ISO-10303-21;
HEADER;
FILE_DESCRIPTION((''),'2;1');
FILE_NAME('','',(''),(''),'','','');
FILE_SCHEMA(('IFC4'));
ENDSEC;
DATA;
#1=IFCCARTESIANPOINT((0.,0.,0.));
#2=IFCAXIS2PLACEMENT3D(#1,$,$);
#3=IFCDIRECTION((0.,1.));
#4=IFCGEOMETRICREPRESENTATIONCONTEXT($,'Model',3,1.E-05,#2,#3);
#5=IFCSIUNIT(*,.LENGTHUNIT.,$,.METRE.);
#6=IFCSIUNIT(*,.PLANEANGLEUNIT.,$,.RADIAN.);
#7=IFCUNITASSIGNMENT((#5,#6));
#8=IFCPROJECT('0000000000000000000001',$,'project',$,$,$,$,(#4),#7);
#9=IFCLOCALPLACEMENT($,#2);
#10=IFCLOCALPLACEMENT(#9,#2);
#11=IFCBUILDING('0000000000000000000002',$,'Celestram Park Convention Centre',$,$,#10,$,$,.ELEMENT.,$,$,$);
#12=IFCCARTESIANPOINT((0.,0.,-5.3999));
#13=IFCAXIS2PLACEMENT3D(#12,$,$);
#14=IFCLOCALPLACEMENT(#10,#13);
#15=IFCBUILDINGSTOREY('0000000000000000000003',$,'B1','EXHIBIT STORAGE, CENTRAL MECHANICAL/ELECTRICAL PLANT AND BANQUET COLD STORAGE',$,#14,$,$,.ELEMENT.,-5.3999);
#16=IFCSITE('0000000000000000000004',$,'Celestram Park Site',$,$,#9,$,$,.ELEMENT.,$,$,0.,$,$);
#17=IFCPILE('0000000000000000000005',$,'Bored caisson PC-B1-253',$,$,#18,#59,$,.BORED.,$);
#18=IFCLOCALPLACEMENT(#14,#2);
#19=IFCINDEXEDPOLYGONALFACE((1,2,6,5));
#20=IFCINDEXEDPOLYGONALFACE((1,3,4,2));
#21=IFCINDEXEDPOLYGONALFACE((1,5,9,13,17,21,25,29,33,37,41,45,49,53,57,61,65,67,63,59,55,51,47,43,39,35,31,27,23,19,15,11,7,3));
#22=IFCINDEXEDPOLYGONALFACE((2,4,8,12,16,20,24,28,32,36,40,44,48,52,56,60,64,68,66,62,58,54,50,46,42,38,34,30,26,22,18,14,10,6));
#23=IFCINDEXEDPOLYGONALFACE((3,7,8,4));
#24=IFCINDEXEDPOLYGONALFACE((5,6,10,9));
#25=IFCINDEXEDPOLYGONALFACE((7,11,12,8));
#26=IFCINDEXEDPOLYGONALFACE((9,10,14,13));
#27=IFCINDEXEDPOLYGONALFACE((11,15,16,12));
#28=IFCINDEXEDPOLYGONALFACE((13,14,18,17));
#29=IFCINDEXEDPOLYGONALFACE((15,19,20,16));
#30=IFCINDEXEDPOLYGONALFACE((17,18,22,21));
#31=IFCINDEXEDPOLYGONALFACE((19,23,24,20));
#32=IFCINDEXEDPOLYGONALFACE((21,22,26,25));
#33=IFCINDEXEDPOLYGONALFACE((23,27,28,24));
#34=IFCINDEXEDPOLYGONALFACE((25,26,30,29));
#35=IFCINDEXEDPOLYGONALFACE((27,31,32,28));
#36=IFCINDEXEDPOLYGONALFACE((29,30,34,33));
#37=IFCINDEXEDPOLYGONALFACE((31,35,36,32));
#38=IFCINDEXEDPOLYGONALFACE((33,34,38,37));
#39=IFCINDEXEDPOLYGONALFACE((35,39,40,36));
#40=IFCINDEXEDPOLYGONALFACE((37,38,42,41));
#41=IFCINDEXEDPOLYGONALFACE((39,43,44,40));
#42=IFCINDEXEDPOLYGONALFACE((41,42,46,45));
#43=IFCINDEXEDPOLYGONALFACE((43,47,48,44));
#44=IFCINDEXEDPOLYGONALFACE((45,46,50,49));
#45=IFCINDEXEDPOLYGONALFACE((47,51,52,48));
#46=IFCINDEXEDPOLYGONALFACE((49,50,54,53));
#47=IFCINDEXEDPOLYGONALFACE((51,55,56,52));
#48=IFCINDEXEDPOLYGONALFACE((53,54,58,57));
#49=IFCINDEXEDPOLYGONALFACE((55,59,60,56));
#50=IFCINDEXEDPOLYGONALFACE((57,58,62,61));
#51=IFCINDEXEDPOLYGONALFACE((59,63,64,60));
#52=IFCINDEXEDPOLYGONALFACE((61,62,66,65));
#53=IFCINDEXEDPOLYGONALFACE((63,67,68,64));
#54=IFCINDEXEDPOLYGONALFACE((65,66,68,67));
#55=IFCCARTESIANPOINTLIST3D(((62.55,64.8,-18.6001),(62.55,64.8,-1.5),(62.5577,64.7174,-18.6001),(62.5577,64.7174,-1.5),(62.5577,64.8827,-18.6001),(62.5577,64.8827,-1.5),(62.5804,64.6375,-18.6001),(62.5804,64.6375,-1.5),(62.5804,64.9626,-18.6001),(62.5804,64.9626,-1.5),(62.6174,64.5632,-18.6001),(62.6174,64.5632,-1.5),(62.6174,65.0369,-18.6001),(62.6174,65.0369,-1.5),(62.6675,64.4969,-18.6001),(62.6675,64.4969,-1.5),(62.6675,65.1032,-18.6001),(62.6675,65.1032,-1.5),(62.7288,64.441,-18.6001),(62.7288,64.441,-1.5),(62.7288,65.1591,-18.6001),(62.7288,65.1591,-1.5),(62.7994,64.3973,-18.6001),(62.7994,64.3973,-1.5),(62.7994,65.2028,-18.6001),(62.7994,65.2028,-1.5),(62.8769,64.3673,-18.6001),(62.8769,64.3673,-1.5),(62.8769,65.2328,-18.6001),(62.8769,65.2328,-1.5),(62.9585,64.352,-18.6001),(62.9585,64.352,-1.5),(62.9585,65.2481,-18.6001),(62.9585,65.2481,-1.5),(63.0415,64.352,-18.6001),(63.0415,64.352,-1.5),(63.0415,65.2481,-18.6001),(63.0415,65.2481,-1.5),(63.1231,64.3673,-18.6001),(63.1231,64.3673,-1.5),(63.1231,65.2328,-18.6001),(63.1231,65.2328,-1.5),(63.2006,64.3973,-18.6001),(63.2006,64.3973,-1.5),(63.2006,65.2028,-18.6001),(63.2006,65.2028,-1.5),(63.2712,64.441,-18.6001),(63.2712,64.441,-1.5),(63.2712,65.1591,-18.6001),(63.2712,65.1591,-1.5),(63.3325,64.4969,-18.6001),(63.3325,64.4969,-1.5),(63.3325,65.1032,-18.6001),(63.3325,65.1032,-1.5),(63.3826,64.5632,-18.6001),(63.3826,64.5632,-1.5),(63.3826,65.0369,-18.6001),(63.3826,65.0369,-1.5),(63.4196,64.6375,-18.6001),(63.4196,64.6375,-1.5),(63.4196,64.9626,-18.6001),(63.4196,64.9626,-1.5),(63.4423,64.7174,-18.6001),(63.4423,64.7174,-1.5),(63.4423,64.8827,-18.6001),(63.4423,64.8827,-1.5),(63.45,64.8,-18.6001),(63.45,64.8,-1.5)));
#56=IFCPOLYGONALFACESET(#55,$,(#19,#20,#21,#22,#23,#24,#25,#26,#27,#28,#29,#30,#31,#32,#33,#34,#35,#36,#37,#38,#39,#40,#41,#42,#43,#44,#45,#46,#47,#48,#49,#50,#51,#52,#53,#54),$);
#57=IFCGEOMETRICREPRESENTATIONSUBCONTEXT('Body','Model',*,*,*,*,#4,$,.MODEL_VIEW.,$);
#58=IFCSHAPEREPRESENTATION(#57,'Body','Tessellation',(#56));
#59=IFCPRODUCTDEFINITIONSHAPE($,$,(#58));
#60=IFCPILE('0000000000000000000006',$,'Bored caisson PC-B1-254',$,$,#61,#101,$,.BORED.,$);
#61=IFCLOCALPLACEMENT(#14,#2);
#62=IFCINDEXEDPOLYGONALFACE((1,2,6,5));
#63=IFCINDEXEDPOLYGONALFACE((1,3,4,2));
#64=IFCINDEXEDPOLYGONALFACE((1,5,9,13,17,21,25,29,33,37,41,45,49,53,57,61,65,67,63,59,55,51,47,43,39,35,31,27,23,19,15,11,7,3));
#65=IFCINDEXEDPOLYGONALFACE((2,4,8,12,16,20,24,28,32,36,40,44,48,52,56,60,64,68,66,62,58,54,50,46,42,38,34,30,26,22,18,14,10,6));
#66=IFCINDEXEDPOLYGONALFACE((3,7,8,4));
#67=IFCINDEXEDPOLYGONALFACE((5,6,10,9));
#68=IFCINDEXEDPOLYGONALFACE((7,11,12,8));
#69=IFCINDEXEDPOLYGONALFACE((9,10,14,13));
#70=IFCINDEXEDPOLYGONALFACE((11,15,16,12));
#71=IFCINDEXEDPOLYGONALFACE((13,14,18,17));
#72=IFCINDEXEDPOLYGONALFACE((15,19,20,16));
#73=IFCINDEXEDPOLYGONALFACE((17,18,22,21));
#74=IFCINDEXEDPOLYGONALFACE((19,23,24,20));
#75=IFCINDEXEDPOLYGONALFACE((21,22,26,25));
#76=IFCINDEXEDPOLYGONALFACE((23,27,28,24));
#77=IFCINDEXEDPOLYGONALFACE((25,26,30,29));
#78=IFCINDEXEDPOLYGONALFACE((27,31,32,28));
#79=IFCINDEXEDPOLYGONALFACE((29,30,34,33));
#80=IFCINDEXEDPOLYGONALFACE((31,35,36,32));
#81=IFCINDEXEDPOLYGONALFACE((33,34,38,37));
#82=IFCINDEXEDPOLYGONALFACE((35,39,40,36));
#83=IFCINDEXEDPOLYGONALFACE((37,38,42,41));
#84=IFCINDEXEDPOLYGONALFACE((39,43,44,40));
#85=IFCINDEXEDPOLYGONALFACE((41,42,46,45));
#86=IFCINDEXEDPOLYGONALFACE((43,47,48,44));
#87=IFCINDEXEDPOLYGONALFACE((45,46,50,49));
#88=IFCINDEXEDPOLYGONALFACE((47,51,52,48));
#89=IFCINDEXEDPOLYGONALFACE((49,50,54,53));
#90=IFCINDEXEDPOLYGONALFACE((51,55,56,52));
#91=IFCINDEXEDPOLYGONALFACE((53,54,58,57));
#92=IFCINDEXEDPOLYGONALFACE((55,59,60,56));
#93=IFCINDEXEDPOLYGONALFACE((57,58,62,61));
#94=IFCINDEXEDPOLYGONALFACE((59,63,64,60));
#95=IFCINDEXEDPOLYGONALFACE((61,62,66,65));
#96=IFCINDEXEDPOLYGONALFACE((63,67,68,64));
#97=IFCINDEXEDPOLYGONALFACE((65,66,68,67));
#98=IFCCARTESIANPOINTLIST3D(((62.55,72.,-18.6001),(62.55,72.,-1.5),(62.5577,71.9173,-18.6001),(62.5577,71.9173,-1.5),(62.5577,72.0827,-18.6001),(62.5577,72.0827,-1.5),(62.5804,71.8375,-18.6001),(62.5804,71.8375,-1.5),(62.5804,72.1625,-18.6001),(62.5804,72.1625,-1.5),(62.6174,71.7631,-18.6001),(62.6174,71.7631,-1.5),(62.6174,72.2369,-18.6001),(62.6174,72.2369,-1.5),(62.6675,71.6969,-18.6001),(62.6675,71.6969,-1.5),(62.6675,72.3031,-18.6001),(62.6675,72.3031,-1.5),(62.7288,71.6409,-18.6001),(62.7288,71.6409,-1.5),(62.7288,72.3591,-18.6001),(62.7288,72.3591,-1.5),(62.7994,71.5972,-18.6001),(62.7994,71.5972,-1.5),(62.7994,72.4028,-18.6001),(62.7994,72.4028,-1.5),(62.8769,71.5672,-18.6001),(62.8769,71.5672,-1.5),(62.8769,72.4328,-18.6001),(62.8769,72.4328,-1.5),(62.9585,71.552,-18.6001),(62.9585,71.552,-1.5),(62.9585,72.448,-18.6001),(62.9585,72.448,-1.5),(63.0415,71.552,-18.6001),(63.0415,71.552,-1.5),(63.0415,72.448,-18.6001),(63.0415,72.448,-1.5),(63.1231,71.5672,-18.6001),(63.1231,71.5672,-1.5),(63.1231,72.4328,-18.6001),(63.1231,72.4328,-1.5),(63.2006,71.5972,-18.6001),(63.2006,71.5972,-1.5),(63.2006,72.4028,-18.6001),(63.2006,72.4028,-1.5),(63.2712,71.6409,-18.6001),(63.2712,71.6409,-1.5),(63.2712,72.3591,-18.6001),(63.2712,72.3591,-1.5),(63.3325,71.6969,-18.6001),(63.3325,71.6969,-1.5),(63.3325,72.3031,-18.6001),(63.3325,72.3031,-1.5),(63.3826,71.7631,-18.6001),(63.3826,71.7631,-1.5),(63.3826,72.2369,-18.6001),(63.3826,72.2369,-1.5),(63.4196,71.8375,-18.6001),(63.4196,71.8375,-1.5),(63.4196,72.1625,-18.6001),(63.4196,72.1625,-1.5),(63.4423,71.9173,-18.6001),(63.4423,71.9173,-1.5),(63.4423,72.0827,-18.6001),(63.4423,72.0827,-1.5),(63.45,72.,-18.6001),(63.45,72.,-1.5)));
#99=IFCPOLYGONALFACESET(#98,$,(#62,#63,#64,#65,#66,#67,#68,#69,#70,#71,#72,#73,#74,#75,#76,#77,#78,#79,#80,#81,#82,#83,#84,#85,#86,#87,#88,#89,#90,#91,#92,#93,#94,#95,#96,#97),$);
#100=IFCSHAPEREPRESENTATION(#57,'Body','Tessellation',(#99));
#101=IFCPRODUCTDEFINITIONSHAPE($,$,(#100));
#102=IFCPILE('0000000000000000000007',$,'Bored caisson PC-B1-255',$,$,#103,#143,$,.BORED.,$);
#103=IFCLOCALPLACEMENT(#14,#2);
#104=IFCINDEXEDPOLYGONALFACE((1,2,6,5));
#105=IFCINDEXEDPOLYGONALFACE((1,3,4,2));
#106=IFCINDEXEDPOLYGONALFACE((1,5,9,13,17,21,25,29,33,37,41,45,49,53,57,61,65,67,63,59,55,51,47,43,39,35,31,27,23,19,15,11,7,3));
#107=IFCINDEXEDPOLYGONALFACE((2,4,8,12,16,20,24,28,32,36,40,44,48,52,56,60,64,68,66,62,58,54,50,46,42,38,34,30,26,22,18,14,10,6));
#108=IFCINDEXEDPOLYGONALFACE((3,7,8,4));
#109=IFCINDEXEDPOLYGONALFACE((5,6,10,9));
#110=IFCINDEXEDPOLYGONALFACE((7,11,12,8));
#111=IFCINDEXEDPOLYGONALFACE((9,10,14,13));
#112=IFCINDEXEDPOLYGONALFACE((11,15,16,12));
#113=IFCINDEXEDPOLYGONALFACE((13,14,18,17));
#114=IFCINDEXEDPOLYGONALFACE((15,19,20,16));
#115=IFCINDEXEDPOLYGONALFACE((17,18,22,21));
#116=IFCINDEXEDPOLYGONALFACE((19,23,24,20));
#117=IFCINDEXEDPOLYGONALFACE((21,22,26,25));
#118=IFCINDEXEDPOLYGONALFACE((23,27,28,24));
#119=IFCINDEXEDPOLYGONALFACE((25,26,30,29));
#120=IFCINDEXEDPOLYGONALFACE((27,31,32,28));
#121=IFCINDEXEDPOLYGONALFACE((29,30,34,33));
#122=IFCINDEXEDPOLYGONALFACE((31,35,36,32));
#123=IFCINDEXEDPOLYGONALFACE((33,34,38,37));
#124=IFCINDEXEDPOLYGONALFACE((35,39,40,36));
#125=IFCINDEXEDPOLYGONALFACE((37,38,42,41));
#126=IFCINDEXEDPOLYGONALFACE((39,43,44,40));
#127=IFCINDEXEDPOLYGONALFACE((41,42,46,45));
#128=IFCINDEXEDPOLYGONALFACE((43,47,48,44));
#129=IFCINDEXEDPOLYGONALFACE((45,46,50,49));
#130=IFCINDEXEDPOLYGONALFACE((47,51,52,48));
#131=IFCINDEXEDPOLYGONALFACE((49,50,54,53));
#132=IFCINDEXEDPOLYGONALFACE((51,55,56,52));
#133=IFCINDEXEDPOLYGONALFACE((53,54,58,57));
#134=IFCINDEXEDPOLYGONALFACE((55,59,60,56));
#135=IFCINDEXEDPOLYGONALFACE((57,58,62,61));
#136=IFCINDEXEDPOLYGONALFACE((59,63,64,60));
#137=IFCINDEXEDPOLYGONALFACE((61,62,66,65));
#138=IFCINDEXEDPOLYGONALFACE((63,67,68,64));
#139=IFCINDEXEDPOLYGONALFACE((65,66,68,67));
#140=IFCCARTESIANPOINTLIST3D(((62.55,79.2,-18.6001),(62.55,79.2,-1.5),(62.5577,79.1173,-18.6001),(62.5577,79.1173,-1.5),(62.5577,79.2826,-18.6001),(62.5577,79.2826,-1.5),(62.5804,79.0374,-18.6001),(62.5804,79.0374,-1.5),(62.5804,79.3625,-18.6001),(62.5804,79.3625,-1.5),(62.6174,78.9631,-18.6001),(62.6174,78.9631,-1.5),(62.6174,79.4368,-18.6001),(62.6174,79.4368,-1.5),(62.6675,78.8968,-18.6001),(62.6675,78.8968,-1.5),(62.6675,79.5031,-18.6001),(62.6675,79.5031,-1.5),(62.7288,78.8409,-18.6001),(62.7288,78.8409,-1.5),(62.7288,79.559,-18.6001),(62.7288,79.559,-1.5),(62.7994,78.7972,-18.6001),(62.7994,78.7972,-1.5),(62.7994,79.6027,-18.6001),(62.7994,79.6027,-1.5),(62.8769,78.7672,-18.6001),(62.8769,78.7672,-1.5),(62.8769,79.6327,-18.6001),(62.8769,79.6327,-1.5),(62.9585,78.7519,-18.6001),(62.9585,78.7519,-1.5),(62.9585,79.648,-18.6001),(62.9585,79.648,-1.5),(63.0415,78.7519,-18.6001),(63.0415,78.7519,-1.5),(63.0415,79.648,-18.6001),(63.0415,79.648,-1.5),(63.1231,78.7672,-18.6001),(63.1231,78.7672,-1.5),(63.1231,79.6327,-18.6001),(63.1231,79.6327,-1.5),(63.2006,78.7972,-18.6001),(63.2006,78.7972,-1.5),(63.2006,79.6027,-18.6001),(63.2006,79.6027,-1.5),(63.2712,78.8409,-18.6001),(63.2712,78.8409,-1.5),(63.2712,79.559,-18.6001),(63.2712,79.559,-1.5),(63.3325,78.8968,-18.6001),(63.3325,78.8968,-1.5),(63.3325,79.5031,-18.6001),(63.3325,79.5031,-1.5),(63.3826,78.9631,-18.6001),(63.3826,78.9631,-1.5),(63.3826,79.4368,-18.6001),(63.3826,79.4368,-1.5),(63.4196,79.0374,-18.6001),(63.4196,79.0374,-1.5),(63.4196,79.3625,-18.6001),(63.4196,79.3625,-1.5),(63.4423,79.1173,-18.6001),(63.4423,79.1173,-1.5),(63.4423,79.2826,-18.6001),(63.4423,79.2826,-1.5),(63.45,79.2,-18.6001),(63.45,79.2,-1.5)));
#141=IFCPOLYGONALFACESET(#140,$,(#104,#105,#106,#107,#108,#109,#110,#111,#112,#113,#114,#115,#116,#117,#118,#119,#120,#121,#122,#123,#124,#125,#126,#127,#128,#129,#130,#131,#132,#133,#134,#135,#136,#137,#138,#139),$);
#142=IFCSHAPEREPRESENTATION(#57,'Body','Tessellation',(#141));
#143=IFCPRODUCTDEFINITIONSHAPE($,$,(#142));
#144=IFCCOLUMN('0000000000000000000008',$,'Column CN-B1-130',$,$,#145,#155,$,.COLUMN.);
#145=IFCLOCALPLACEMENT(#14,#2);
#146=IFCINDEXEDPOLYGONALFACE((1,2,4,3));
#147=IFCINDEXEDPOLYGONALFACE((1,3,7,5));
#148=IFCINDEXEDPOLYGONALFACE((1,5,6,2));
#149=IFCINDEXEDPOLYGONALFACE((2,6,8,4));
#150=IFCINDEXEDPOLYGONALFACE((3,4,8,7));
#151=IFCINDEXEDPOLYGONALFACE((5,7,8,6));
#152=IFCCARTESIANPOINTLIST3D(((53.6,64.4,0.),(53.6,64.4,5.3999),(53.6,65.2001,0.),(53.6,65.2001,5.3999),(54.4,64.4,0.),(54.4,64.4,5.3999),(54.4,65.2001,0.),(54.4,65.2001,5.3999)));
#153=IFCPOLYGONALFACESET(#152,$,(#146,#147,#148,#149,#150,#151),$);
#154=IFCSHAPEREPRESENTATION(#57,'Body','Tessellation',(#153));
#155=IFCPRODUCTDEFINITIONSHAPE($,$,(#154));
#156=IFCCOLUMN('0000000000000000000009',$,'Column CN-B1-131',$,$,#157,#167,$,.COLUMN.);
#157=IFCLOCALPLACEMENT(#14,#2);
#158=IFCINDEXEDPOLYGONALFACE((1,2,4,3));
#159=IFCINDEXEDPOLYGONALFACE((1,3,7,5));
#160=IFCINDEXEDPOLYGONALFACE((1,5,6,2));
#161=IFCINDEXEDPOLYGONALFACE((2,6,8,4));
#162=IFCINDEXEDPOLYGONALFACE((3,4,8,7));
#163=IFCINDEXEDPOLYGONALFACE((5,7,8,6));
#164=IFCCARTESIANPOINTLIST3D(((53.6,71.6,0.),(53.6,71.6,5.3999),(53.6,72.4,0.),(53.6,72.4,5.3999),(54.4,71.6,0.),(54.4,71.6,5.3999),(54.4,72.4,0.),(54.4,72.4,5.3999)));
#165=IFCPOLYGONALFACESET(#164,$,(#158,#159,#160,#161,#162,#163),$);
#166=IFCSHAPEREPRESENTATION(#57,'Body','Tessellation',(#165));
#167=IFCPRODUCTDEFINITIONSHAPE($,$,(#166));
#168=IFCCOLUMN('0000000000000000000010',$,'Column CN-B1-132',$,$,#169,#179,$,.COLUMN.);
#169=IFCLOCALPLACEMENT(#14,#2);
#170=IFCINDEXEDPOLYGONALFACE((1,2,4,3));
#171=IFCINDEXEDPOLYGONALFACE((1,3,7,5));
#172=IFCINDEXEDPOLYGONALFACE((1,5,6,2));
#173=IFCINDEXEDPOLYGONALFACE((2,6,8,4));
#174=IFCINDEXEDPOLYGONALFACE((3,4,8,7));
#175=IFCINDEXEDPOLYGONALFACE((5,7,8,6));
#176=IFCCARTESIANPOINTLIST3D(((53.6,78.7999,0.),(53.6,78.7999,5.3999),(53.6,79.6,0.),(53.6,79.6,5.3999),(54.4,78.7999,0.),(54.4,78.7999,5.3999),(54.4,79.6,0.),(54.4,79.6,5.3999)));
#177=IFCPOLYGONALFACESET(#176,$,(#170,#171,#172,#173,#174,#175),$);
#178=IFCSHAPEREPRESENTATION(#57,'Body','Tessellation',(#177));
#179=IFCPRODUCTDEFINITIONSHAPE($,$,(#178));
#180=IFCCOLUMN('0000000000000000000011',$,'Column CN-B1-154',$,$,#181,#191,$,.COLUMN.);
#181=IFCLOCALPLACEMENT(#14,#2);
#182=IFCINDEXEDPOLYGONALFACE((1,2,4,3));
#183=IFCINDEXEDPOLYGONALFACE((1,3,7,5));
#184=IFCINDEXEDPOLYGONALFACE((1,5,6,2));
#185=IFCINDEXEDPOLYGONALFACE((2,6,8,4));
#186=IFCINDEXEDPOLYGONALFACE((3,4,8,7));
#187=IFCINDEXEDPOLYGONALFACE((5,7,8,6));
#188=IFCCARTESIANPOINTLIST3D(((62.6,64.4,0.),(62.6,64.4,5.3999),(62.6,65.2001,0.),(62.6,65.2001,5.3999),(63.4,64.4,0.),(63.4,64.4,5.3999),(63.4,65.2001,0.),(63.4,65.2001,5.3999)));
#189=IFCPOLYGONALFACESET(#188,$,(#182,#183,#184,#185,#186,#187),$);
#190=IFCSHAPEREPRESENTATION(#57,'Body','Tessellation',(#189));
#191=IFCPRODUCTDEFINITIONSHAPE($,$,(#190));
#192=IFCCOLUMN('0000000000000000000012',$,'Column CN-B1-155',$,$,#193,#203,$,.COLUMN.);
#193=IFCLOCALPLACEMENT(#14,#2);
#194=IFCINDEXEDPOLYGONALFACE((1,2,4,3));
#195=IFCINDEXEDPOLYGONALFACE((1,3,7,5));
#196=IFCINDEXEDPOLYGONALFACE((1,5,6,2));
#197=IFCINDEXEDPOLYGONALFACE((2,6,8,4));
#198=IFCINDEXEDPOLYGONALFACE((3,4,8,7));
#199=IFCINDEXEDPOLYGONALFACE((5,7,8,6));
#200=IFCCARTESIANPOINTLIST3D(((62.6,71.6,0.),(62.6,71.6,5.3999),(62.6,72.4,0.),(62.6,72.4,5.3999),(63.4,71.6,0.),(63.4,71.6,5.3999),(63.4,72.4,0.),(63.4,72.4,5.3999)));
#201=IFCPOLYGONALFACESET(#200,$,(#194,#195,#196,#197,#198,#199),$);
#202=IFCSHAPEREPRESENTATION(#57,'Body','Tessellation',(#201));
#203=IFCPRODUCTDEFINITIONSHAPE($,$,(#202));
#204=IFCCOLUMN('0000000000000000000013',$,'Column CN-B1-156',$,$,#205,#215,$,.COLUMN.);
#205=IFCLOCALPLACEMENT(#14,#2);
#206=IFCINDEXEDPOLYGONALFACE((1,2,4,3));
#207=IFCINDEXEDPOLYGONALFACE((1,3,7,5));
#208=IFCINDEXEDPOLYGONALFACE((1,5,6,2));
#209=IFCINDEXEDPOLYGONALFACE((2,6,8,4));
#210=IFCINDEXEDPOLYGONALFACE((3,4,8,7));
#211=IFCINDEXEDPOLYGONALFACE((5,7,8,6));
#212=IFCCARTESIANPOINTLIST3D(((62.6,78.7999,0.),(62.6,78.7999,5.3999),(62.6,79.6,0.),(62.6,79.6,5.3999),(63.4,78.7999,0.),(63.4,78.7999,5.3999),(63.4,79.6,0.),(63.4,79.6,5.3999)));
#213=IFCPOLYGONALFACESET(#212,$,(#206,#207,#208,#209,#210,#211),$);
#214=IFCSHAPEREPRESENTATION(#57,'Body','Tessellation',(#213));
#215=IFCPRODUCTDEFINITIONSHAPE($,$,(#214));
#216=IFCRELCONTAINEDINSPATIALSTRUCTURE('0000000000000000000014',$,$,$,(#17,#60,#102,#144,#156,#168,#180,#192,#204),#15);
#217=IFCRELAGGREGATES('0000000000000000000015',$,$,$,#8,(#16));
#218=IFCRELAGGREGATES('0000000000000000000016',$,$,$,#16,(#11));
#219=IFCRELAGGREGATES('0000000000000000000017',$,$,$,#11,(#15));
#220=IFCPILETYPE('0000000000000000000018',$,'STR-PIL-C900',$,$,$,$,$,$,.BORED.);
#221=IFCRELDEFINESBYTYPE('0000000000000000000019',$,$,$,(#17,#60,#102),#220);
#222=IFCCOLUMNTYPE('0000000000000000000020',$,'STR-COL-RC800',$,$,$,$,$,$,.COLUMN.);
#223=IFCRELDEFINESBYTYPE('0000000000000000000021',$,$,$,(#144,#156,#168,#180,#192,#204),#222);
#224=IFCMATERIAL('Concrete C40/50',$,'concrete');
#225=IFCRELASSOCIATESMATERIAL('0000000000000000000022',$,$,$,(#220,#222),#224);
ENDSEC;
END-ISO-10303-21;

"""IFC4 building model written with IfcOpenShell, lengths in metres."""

from ifc_helpers import new_model, si_unit, direction, frame, origin, origin_2d, place, context, subcontext, project, spatial, rectangle, circle, extrude, material, material_profile, profile_set, type_object, element, save


model = new_model("IFC4")

# Units and contexts
model_context = context("Model", 3, precision=1e-05, world=origin(), true_north=direction((0.0, 1.0)))
body_context = subcontext(model_context, "Body", "Model", "MODEL_VIEW")
ifc_project = project(units=[si_unit("LENGTHUNIT", "METRE"), si_unit("PLANEANGLEUNIT", "RADIAN")], contexts=[model_context])

# Site, building, storey
site_placement = place(None, origin())
site = spatial("IfcSite", under=ifc_project, at=site_placement, Name="Celestram Park Site", CompositionType="ELEMENT", RefElevation=0.0)
building_placement = place(site_placement, origin())
building = spatial("IfcBuilding", under=site, at=building_placement, Name="Celestram Park Convention Centre", CompositionType="ELEMENT")
storey_placement = place(building_placement, frame((0.0, 0.0, -5.3999)))
storey = spatial("IfcBuildingStorey", under=building, at=storey_placement, Name="B1", Description="EXHIBIT STORAGE, CENTRAL MECHANICAL/ELECTRICAL PLANT AND BANQUET COLD STORAGE", CompositionType="ELEMENT", Elevation=-5.3999)

# Shared definitions
ifc_material_1 = material(Name="Concrete C40/50", Category="concrete")

# Piles
ifc_material_profile_1 = material_profile(ifc_material_1, circle(Radius=0.45, at=origin_2d()), Name="CAISSON900")
ifc_profile_set_1 = profile_set([ifc_material_profile_1], Name="Concrete C40/50")
pile_type = type_object("IfcPileType", Name="STR-PIL-C900", PredefinedType="BORED", material=ifc_profile_set_1)
for number, where, z_axis, x_axis, name in (
    (1, (63.0, 64.8, -1.5), (0.0, 0.0, -1.0), (1.0, 0.0, 0.0), "Bored caisson PC-B1-253"),
    (2, (63.0, 72.0, -1.5), (0.0, 0.0, -1.0), (1.0, 0.0, 0.0), "Bored caisson PC-B1-254"),
    (3, (63.0, 79.2, -1.5), (0.0, 0.0, -1.0), (1.0, 0.0, 0.0), "Bored caisson PC-B1-255"),
):
    element("IfcPile", number, at=place(storey_placement, frame(where, z_axis=z_axis, x_axis=x_axis)), inside=storey, type_object=pile_type, Name=name, PredefinedType="BORED", context=body_context, shape_type="SweptSolid", body=[
        extrude(circle(Radius=0.45, at=origin_2d()), origin(), (0.0, 0.0, 1.0), 17.1001),
    ])

# Columns
ifc_material_profile_2 = material_profile(ifc_material_1, rectangle(XDim=0.8, YDim=0.8, at=origin_2d()), Name="RC800X800")
ifc_profile_set_2 = profile_set([ifc_material_profile_2], Name="Concrete C40/50")
column_type = type_object("IfcColumnType", Name="STR-COL-RC800", PredefinedType="COLUMN", material=ifc_profile_set_2)
for number, where, z_axis, x_axis, name in (
    (4, (54.0, 64.8, 0.0), (0.0, 0.0, 1.0), (1.0, 0.0, 0.0), "Column CN-B1-130"),
    (5, (54.0, 72.0, 0.0), (0.0, 0.0, 1.0), (1.0, 0.0, 0.0), "Column CN-B1-131"),
    (6, (54.0, 79.2, 0.0), (0.0, 0.0, 1.0), (1.0, 0.0, 0.0), "Column CN-B1-132"),
    (7, (63.0, 64.8, 0.0), (0.0, 0.0, 1.0), (1.0, 0.0, 0.0), "Column CN-B1-154"),
    (8, (63.0, 72.0, 0.0), (0.0, 0.0, 1.0), (1.0, 0.0, 0.0), "Column CN-B1-155"),
    (9, (63.0, 79.2, 0.0), (0.0, 0.0, 1.0), (1.0, 0.0, 0.0), "Column CN-B1-156"),
):
    element("IfcColumn", number, at=place(storey_placement, frame(where, z_axis=z_axis, x_axis=x_axis)), inside=storey, type_object=column_type, Name=name, PredefinedType="COLUMN", context=body_context, shape_type="SweptSolid", body=[
        extrude(rectangle(XDim=0.8, YDim=0.8, at=origin_2d()), origin(), (0.0, 0.0, 1.0), 5.3999),
    ])

save(model, "model.ifc")
